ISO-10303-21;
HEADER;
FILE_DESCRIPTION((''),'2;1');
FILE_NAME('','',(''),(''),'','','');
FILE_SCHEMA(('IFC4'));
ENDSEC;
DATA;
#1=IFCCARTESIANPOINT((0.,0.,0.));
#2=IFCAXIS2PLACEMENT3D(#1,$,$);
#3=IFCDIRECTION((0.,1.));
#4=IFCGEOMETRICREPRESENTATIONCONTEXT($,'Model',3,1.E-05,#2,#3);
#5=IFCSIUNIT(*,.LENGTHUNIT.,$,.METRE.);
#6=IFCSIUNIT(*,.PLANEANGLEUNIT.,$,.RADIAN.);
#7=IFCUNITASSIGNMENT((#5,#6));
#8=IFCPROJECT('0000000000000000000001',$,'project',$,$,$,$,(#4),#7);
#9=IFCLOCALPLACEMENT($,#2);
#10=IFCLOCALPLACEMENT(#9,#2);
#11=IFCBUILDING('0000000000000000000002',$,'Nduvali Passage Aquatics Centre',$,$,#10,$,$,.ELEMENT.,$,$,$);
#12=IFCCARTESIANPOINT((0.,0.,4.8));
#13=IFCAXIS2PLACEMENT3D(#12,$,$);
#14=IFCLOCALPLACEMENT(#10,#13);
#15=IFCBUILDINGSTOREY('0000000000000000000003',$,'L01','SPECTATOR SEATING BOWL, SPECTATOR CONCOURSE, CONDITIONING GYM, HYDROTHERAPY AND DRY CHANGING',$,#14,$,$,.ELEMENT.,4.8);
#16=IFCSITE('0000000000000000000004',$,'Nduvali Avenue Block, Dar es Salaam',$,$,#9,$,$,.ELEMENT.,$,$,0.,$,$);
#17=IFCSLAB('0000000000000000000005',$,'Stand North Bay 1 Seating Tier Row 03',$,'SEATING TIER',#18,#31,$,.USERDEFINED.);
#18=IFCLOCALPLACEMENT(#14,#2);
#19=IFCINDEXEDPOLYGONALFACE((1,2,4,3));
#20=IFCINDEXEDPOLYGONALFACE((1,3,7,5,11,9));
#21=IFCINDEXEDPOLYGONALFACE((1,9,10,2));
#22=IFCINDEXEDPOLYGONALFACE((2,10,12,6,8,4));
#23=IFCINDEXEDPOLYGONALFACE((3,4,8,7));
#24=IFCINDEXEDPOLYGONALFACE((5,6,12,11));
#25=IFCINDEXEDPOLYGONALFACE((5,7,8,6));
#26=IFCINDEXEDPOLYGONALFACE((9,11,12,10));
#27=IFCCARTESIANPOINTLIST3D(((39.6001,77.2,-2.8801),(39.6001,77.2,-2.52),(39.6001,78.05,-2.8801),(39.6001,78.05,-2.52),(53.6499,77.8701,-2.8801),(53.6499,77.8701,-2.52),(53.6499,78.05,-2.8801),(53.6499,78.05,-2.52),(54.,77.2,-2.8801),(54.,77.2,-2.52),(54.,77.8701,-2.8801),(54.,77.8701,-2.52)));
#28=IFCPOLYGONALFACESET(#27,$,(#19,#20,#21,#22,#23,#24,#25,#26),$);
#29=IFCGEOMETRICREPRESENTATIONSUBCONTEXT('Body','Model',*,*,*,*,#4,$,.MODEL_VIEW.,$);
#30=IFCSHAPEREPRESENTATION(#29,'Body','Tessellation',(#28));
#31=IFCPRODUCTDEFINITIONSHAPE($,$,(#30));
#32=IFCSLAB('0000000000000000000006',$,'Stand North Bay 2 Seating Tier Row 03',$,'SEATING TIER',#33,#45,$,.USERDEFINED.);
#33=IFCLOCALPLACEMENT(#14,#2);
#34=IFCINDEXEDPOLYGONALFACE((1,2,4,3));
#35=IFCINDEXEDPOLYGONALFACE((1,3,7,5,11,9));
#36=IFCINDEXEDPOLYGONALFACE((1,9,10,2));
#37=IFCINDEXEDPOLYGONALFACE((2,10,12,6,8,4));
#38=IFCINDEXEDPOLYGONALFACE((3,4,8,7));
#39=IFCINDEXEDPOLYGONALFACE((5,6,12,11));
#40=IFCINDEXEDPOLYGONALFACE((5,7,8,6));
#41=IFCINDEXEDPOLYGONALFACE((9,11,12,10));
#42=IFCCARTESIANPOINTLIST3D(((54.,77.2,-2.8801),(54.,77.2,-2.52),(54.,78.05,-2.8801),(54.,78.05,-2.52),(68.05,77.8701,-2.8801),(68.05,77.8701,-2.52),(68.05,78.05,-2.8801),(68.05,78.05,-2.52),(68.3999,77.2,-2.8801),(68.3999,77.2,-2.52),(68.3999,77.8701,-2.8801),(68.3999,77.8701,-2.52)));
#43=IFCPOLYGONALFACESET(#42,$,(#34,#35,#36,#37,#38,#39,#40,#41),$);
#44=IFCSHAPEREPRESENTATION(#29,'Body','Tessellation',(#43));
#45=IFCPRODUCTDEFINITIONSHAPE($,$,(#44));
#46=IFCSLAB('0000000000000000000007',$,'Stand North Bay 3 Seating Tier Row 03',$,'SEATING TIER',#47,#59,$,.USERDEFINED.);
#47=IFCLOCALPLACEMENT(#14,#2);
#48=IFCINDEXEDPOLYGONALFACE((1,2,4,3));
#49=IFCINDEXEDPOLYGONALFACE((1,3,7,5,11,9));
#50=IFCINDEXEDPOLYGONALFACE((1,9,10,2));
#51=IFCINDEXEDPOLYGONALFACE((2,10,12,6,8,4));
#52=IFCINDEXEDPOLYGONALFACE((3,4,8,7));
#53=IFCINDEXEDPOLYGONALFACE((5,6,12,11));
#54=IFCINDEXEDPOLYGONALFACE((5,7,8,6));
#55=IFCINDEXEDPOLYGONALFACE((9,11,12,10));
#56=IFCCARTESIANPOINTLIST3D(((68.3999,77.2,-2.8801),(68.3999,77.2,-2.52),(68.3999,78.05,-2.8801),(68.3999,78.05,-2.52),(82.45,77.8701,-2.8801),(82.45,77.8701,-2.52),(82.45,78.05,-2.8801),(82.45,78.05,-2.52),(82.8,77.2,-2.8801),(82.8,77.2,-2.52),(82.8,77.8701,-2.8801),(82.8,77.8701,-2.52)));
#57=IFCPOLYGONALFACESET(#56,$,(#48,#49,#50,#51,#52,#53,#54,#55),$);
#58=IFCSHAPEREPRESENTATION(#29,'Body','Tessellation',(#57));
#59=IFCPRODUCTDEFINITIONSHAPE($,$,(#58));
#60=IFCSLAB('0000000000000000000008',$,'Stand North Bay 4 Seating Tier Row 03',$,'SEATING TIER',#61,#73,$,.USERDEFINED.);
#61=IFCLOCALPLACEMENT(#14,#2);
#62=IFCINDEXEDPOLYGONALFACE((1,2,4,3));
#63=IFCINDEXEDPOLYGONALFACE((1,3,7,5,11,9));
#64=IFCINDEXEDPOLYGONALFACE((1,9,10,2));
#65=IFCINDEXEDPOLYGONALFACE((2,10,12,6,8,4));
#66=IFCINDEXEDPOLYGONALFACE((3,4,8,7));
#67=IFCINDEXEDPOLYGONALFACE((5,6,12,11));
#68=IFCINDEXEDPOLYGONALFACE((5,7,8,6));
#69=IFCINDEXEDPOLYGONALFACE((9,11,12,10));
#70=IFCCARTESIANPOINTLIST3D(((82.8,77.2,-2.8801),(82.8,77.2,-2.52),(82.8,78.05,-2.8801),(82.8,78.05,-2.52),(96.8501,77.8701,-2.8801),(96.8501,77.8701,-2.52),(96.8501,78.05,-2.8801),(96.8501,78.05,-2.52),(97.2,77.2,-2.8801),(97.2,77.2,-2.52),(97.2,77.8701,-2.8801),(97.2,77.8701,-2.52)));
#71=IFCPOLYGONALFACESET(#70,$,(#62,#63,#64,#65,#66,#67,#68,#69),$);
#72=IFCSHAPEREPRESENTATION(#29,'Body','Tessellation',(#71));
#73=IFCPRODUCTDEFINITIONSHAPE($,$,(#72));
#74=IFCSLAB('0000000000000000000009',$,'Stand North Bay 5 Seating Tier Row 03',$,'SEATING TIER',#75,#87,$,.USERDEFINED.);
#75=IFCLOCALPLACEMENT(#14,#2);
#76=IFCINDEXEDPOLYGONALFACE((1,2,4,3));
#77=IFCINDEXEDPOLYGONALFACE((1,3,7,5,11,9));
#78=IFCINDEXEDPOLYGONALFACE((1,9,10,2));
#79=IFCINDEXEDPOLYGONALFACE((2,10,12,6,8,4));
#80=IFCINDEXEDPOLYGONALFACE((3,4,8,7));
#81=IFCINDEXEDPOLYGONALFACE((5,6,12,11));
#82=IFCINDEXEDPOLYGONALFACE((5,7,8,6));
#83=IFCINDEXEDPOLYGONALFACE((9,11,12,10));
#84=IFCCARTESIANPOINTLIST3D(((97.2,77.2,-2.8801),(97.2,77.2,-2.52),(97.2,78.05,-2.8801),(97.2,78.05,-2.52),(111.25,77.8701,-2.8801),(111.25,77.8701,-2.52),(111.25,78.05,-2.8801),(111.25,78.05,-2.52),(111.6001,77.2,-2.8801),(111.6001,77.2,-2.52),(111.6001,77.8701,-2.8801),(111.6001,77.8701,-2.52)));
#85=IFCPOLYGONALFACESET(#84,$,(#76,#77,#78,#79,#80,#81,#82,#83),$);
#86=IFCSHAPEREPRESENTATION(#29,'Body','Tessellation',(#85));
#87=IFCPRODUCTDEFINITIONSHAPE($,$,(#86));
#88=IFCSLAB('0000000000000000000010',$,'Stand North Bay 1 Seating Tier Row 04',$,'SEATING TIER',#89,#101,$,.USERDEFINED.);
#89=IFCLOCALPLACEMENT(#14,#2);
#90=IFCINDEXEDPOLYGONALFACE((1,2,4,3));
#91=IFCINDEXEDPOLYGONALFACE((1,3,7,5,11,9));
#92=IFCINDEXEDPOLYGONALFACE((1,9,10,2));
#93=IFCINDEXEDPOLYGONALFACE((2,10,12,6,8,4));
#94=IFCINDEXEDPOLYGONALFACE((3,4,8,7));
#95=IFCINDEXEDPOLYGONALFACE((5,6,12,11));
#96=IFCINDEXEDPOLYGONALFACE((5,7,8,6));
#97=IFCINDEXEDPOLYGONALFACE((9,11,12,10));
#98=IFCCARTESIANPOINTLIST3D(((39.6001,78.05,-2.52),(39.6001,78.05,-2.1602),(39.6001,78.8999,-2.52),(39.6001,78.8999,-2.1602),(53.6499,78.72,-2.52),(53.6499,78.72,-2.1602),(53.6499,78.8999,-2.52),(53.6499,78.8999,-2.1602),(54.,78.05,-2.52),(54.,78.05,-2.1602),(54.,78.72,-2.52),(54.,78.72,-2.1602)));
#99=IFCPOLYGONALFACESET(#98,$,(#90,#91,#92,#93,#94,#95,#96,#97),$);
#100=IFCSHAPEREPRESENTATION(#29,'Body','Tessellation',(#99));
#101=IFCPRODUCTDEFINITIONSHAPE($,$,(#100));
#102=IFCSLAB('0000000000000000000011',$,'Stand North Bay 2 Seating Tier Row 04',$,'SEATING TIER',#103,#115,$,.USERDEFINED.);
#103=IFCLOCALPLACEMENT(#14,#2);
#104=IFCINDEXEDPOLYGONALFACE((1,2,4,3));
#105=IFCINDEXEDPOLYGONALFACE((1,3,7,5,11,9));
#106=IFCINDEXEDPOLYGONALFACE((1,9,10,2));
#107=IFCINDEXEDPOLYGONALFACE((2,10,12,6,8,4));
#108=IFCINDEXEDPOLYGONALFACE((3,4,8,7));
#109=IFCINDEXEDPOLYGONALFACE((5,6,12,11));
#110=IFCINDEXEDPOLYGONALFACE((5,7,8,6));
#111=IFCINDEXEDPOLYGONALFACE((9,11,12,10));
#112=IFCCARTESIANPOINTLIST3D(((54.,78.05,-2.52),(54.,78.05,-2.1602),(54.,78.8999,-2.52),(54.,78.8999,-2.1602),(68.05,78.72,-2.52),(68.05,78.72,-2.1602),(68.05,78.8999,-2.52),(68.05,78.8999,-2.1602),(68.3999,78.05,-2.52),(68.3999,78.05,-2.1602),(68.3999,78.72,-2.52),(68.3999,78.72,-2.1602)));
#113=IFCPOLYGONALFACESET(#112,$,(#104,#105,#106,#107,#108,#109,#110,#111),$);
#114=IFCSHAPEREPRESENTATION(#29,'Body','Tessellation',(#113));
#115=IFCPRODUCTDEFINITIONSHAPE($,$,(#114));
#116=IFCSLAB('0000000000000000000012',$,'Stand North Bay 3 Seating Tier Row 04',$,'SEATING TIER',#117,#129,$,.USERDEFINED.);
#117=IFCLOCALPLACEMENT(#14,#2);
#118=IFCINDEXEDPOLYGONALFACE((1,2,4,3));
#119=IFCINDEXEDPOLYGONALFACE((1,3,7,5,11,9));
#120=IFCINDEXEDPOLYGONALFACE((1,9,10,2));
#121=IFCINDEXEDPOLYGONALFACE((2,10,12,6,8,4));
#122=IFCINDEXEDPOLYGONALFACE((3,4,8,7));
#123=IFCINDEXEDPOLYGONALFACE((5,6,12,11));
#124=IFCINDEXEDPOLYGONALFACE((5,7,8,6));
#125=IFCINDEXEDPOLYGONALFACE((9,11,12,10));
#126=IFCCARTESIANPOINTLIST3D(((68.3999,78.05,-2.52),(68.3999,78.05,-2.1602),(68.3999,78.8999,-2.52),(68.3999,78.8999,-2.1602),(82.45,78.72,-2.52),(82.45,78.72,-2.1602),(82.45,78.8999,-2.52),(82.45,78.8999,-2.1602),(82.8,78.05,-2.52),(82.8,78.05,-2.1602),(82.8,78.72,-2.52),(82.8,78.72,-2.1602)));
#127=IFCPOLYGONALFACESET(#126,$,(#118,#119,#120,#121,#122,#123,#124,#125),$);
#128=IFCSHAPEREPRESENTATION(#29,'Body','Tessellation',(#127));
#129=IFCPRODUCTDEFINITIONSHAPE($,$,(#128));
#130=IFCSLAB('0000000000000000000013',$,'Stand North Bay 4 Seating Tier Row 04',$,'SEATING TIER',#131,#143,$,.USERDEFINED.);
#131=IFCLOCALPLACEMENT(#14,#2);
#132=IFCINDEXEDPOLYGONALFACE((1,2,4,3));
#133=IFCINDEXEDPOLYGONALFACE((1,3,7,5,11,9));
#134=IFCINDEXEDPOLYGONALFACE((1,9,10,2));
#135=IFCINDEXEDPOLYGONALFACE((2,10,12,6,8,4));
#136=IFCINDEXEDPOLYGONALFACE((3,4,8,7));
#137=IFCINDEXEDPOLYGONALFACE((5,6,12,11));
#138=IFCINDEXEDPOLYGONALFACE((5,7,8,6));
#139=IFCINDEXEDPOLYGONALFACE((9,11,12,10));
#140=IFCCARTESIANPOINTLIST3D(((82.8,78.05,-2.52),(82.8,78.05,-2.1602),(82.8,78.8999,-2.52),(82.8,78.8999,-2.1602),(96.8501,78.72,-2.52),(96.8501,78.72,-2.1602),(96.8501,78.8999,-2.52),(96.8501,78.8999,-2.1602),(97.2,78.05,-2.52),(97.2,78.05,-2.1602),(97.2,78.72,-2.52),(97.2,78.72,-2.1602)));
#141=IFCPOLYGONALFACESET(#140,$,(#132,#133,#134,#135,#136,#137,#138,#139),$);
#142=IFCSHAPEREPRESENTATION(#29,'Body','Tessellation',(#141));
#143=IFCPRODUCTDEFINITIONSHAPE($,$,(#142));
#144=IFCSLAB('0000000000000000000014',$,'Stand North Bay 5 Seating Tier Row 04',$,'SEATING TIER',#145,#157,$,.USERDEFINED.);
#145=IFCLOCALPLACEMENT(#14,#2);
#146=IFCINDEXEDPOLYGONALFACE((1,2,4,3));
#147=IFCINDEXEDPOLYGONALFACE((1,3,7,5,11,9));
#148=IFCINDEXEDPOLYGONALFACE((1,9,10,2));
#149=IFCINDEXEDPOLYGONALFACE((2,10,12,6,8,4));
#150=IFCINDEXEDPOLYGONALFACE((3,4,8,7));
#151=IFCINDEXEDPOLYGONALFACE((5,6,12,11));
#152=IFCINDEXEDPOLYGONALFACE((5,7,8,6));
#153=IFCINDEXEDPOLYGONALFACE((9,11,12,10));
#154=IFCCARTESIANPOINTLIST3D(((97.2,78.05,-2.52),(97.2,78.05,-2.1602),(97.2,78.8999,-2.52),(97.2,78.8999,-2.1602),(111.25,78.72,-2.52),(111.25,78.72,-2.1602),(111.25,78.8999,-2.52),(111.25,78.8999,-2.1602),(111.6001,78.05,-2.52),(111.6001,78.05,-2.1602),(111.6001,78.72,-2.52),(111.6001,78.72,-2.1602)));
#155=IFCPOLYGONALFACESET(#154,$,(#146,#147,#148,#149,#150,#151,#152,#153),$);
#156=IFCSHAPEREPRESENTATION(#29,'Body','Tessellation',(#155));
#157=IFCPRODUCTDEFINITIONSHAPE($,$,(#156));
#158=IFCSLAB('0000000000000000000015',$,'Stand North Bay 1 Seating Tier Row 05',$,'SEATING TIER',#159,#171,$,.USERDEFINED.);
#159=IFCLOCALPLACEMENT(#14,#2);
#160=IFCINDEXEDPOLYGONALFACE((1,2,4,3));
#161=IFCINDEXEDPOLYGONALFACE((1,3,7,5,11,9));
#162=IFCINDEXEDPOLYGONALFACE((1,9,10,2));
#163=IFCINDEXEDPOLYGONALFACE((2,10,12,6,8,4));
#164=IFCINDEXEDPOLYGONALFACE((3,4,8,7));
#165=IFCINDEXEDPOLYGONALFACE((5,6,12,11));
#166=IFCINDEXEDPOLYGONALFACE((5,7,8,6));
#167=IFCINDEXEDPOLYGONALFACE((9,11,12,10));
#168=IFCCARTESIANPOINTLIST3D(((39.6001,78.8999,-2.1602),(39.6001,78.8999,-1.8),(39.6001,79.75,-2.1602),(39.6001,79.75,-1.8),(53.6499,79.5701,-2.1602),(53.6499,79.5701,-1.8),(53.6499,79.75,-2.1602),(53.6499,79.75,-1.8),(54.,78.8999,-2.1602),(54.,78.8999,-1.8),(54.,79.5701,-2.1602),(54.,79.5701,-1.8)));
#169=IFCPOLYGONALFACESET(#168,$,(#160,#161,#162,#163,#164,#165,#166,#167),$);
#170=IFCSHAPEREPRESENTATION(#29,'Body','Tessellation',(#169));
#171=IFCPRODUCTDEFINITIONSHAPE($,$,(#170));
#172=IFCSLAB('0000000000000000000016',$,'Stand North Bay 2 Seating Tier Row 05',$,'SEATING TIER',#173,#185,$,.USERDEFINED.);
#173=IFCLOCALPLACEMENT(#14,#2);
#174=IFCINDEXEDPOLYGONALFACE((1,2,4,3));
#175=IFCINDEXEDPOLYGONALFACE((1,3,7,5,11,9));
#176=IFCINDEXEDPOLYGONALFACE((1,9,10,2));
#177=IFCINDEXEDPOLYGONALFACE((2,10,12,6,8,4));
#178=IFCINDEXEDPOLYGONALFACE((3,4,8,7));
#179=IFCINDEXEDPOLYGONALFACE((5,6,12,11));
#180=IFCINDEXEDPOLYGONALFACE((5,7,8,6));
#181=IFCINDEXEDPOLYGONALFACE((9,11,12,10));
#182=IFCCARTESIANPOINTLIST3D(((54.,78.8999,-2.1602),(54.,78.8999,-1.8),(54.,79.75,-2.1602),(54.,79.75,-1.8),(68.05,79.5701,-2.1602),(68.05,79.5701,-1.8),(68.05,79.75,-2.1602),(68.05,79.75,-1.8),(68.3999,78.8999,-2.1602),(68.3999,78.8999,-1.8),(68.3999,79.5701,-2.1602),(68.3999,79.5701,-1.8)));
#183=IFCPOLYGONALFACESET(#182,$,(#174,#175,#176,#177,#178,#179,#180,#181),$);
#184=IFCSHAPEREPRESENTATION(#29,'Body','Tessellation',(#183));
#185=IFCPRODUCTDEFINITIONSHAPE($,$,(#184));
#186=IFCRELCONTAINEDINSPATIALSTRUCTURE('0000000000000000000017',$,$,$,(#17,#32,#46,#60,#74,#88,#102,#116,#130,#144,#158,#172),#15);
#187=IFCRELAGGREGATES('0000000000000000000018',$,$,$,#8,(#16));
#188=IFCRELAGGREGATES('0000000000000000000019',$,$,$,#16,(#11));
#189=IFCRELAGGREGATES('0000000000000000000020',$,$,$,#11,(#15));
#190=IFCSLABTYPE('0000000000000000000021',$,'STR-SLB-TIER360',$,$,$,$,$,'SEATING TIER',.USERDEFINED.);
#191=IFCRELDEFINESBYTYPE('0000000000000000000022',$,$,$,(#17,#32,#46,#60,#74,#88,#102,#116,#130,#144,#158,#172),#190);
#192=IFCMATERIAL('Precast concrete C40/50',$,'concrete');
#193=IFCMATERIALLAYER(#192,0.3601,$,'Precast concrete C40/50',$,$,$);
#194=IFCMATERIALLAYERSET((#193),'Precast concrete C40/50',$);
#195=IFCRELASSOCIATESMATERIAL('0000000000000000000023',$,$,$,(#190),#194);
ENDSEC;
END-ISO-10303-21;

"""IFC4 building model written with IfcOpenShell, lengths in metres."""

from ifc_helpers import new_model, si_unit, direction, frame, origin, place, context, subcontext, project, spatial, polyline, outline, extrude, material, layer, layer_set, type_object, element, save


model = new_model("IFC4")

# Units and contexts
model_context = context("Model", 3, precision=1e-05, world=origin(), true_north=direction((0.0, 1.0)))
body_context = subcontext(model_context, "Body", "Model", "MODEL_VIEW")
ifc_project = project(units=[si_unit("LENGTHUNIT", "METRE"), si_unit("PLANEANGLEUNIT", "RADIAN")], contexts=[model_context])

# Site, building, storey
site_placement = place(None, origin())
site = spatial("IfcSite", under=ifc_project, at=site_placement, Name="Nduvali Avenue Block, Dar es Salaam", CompositionType="ELEMENT", RefElevation=0.0)
building_placement = place(site_placement, origin())
building = spatial("IfcBuilding", under=site, at=building_placement, Name="Nduvali Passage Aquatics Centre", CompositionType="ELEMENT")
storey_placement = place(building_placement, frame((0.0, 0.0, 4.8)))
storey = spatial("IfcBuildingStorey", under=building, at=storey_placement, Name="L01", Description="SPECTATOR SEATING BOWL, SPECTATOR CONCOURSE, CONDITIONING GYM, HYDROTHERAPY AND DRY CHANGING", CompositionType="ELEMENT", Elevation=4.8)

# Slabs
ifc_material = material(Name="Precast concrete C40/50", Category="concrete")
ifc_layer = layer(ifc_material, 0.3601, Name="Precast concrete C40/50")
ifc_layer_set = layer_set([ifc_layer], Name="Precast concrete C40/50")
slab_type = type_object("IfcSlabType", Name="STR-SLB-TIER360", ElementType="SEATING TIER", PredefinedType="USERDEFINED", material=ifc_layer_set)
slab_1_placement = place(storey_placement, frame((0.0, 0.0, -2.8801)))
element("IfcSlab", 1, at=slab_1_placement, inside=storey, type_object=slab_type, Name="Stand North Bay 1 Seating Tier Row 03", ObjectType="SEATING TIER", PredefinedType="USERDEFINED", context=body_context, shape_type="SweptSolid", body=[
    extrude(outline(polyline([(39.6001, 77.2), (54.0, 77.2), (54.0, 77.8701), (53.6499, 77.8701), (53.6499, 78.05), (39.6001, 78.05), (39.6001, 77.2)])), origin(), (0.0, 0.0, 1.0), 0.3601),
])
slab_2_placement = place(storey_placement, frame((0.0, 0.0, -2.8801)))
element("IfcSlab", 2, at=slab_2_placement, inside=storey, type_object=slab_type, Name="Stand North Bay 2 Seating Tier Row 03", ObjectType="SEATING TIER", PredefinedType="USERDEFINED", context=body_context, shape_type="SweptSolid", body=[
    extrude(outline(polyline([(54.0, 77.2), (68.3999, 77.2), (68.3999, 77.8701), (68.05, 77.8701), (68.05, 78.05), (54.0, 78.05), (54.0, 77.2)])), origin(), (0.0, 0.0, 1.0), 0.3601),
])
slab_3_placement = place(storey_placement, frame((0.0, 0.0, -2.8801)))
element("IfcSlab", 3, at=slab_3_placement, inside=storey, type_object=slab_type, Name="Stand North Bay 3 Seating Tier Row 03", ObjectType="SEATING TIER", PredefinedType="USERDEFINED", context=body_context, shape_type="SweptSolid", body=[
    extrude(outline(polyline([(68.3999, 77.2), (82.8, 77.2), (82.8, 77.8701), (82.45, 77.8701), (82.45, 78.05), (68.3999, 78.05), (68.3999, 77.2)])), origin(), (0.0, 0.0, 1.0), 0.3601),
])
slab_4_placement = place(storey_placement, frame((0.0, 0.0, -2.8801)))
element("IfcSlab", 4, at=slab_4_placement, inside=storey, type_object=slab_type, Name="Stand North Bay 4 Seating Tier Row 03", ObjectType="SEATING TIER", PredefinedType="USERDEFINED", context=body_context, shape_type="SweptSolid", body=[
    extrude(outline(polyline([(82.8, 77.2), (97.2, 77.2), (97.2, 77.8701), (96.8501, 77.8701), (96.8501, 78.05), (82.8, 78.05), (82.8, 77.2)])), origin(), (0.0, 0.0, 1.0), 0.3601),
])
slab_5_placement = place(storey_placement, frame((0.0, 0.0, -2.8801)))
element("IfcSlab", 5, at=slab_5_placement, inside=storey, type_object=slab_type, Name="Stand North Bay 5 Seating Tier Row 03", ObjectType="SEATING TIER", PredefinedType="USERDEFINED", context=body_context, shape_type="SweptSolid", body=[
    extrude(outline(polyline([(97.2, 77.2), (111.6001, 77.2), (111.6001, 77.8701), (111.25, 77.8701), (111.25, 78.05), (97.2, 78.05), (97.2, 77.2)])), origin(), (0.0, 0.0, 1.0), 0.3601),
])
slab_6_placement = place(storey_placement, frame((0.0, 0.0, -2.52)))
element("IfcSlab", 6, at=slab_6_placement, inside=storey, type_object=slab_type, Name="Stand North Bay 1 Seating Tier Row 04", ObjectType="SEATING TIER", PredefinedType="USERDEFINED", context=body_context, shape_type="SweptSolid", body=[
    extrude(outline(polyline([(39.6001, 78.05), (54.0, 78.05), (54.0, 78.72), (53.6499, 78.72), (53.6499, 78.8999), (39.6001, 78.8999), (39.6001, 78.05)])), origin(), (0.0, 0.0, 1.0), 0.3599),
])
slab_7_placement = place(storey_placement, frame((0.0, 0.0, -2.52)))
element("IfcSlab", 7, at=slab_7_placement, inside=storey, type_object=slab_type, Name="Stand North Bay 2 Seating Tier Row 04", ObjectType="SEATING TIER", PredefinedType="USERDEFINED", context=body_context, shape_type="SweptSolid", body=[
    extrude(outline(polyline([(54.0, 78.05), (68.3999, 78.05), (68.3999, 78.72), (68.05, 78.72), (68.05, 78.8999), (54.0, 78.8999), (54.0, 78.05)])), origin(), (0.0, 0.0, 1.0), 0.3599),
])
slab_8_placement = place(storey_placement, frame((0.0, 0.0, -2.52)))
element("IfcSlab", 8, at=slab_8_placement, inside=storey, type_object=slab_type, Name="Stand North Bay 3 Seating Tier Row 04", ObjectType="SEATING TIER", PredefinedType="USERDEFINED", context=body_context, shape_type="SweptSolid", body=[
    extrude(outline(polyline([(68.3999, 78.05), (82.8, 78.05), (82.8, 78.72), (82.45, 78.72), (82.45, 78.8999), (68.3999, 78.8999), (68.3999, 78.05)])), origin(), (0.0, 0.0, 1.0), 0.3599),
])
slab_9_placement = place(storey_placement, frame((0.0, 0.0, -2.52)))
element("IfcSlab", 9, at=slab_9_placement, inside=storey, type_object=slab_type, Name="Stand North Bay 4 Seating Tier Row 04", ObjectType="SEATING TIER", PredefinedType="USERDEFINED", context=body_context, shape_type="SweptSolid", body=[
    extrude(outline(polyline([(82.8, 78.05), (97.2, 78.05), (97.2, 78.72), (96.8501, 78.72), (96.8501, 78.8999), (82.8, 78.8999), (82.8, 78.05)])), origin(), (0.0, 0.0, 1.0), 0.3599),
])
slab_10_placement = place(storey_placement, frame((0.0, 0.0, -2.52)))
element("IfcSlab", 10, at=slab_10_placement, inside=storey, type_object=slab_type, Name="Stand North Bay 5 Seating Tier Row 04", ObjectType="SEATING TIER", PredefinedType="USERDEFINED", context=body_context, shape_type="SweptSolid", body=[
    extrude(outline(polyline([(97.2, 78.05), (111.6001, 78.05), (111.6001, 78.72), (111.25, 78.72), (111.25, 78.8999), (97.2, 78.8999), (97.2, 78.05)])), origin(), (0.0, 0.0, 1.0), 0.3599),
])
slab_11_placement = place(storey_placement, frame((0.0, 0.0, -2.1602)))
element("IfcSlab", 11, at=slab_11_placement, inside=storey, type_object=slab_type, Name="Stand North Bay 1 Seating Tier Row 05", ObjectType="SEATING TIER", PredefinedType="USERDEFINED", context=body_context, shape_type="SweptSolid", body=[
    extrude(outline(polyline([(39.6001, 78.8999), (54.0, 78.8999), (54.0, 79.5701), (53.6499, 79.5701), (53.6499, 79.75), (39.6001, 79.75), (39.6001, 78.8999)])), origin(), (0.0, 0.0, 1.0), 0.3601),
])
slab_12_placement = place(storey_placement, frame((0.0, 0.0, -2.1602)))
element("IfcSlab", 12, at=slab_12_placement, inside=storey, type_object=slab_type, Name="Stand North Bay 2 Seating Tier Row 05", ObjectType="SEATING TIER", PredefinedType="USERDEFINED", context=body_context, shape_type="SweptSolid", body=[
    extrude(outline(polyline([(54.0, 78.8999), (68.3999, 78.8999), (68.3999, 79.5701), (68.05, 79.5701), (68.05, 79.75), (54.0, 79.75), (54.0, 78.8999)])), origin(), (0.0, 0.0, 1.0), 0.3601),
])

save(model, "model.ifc")
